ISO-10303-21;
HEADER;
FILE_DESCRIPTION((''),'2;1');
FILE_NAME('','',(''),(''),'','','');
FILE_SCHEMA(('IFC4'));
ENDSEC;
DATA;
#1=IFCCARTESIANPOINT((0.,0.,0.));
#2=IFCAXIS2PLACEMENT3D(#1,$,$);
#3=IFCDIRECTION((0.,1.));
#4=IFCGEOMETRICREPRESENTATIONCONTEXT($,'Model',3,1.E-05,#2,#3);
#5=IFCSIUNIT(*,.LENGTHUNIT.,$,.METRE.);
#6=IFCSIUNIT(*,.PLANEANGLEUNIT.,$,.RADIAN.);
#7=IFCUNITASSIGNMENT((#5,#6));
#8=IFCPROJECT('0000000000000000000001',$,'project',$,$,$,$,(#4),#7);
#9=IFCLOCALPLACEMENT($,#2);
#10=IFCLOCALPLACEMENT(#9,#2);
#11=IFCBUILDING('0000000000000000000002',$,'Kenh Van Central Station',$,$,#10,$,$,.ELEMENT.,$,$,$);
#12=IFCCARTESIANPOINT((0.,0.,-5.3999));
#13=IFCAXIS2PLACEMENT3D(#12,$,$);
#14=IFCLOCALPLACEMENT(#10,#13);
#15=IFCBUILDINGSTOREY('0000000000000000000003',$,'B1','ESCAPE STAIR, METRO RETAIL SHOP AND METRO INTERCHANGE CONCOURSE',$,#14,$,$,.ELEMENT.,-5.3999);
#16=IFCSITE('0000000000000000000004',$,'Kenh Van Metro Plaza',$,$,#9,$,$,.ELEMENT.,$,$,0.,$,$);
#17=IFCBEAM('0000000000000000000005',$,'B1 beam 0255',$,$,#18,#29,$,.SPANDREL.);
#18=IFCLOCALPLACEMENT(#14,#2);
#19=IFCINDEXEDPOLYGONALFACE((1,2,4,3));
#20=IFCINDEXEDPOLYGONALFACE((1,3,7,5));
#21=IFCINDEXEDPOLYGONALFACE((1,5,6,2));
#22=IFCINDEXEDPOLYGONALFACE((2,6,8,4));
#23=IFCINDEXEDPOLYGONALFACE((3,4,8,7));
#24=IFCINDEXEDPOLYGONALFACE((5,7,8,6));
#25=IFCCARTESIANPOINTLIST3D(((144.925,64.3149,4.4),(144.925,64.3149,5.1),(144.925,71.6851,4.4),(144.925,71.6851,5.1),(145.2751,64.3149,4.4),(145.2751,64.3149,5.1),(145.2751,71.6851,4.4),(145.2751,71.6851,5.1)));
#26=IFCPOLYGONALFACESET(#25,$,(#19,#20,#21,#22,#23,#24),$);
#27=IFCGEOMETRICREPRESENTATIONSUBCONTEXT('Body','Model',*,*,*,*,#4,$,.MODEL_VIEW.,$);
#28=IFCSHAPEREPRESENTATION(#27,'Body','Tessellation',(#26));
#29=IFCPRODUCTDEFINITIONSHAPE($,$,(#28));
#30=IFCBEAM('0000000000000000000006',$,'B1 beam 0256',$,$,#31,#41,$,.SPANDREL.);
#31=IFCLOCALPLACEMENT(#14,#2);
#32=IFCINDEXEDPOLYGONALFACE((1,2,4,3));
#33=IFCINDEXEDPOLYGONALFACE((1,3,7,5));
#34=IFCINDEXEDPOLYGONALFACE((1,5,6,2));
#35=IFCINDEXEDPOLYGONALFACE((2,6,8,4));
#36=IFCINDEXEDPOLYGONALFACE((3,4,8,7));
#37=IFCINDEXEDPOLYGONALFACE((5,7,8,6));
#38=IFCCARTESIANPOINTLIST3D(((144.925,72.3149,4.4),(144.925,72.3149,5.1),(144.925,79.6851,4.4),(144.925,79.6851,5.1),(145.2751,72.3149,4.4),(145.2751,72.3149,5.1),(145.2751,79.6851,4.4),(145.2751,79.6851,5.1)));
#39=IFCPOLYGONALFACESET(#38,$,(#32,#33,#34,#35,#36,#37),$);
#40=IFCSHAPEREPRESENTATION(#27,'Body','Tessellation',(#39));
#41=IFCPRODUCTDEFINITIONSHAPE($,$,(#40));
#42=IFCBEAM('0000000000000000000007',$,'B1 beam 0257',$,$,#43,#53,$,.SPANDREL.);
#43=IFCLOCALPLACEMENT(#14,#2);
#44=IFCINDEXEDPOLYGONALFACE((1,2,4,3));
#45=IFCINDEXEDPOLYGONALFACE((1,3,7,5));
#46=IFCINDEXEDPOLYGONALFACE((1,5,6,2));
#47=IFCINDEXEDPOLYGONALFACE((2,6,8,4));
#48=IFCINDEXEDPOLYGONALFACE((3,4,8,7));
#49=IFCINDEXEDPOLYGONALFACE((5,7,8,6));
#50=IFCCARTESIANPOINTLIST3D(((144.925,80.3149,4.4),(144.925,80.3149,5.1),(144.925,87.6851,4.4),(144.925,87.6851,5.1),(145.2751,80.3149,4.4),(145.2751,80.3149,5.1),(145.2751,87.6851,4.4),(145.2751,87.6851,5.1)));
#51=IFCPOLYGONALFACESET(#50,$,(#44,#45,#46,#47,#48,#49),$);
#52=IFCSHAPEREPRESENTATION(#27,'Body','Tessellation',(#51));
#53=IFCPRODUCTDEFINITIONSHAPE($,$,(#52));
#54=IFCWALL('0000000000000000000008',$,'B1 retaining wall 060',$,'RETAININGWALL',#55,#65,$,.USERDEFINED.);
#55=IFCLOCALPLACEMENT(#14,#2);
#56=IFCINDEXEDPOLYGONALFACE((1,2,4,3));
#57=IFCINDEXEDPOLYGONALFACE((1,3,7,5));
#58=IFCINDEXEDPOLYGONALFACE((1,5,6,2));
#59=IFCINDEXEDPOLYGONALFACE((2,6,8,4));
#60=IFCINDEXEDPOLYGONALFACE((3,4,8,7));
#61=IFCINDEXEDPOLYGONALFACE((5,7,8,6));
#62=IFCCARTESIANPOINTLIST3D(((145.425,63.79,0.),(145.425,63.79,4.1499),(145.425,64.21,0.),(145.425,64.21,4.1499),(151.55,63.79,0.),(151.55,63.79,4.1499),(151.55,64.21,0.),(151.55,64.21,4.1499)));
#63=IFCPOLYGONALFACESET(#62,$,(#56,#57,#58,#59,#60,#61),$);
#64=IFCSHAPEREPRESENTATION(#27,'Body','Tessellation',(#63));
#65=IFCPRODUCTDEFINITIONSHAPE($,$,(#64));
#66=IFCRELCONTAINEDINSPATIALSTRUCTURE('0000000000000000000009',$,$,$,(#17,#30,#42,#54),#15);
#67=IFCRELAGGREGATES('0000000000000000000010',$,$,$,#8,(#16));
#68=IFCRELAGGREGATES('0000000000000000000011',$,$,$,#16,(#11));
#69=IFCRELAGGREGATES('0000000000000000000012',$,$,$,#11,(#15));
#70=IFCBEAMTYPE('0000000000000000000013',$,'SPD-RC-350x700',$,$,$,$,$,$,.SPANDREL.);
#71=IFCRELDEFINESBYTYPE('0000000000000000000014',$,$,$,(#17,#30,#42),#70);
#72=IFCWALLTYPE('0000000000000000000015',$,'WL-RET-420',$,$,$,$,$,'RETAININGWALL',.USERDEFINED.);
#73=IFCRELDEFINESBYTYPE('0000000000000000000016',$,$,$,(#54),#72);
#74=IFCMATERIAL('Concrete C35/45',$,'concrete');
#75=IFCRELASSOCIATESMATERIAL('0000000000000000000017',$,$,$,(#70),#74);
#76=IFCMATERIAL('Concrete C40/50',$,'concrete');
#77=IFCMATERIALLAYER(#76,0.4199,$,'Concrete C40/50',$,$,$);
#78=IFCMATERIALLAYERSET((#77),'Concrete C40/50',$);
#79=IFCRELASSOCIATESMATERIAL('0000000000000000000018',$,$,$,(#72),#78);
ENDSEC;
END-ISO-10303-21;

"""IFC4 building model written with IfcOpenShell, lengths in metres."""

from ifc_helpers import new_model, si_unit, direction, frame, frame_2d, origin, origin_2d, place, context, subcontext, project, spatial, rectangle, extrude, material, layer, layer_set, material_profile, profile_set, type_object, element, save


model = new_model("IFC4")

# Units and contexts
model_context = context("Model", 3, precision=1e-05, world=origin(), true_north=direction((0.0, 1.0)))
body_context = subcontext(model_context, "Body", "Model", "MODEL_VIEW")
ifc_project = project(units=[si_unit("LENGTHUNIT", "METRE"), si_unit("PLANEANGLEUNIT", "RADIAN")], contexts=[model_context])

# Site, building, storey
site_placement = place(None, origin())
site = spatial("IfcSite", under=ifc_project, at=site_placement, Name="Kenh Van Metro Plaza", CompositionType="ELEMENT", RefElevation=0.0)
building_placement = place(site_placement, origin())
building = spatial("IfcBuilding", under=site, at=building_placement, Name="Kenh Van Central Station", CompositionType="ELEMENT")
storey_placement = place(building_placement, frame((0.0, 0.0, -5.3999)))
storey = spatial("IfcBuildingStorey", under=building, at=storey_placement, Name="B1", Description="ESCAPE STAIR, METRO RETAIL SHOP AND METRO INTERCHANGE CONCOURSE", CompositionType="ELEMENT", Elevation=-5.3999)

# Shared definitions
ifc_material_1 = material(Name="Concrete C40/50", Category="concrete")

# Shared definitions
ifc_material_2 = material(Name="Concrete C35/45", Category="concrete")

# Beams
ifc_material_profile_1 = material_profile(ifc_material_2, rectangle(XDim=0.3501, YDim=0.7, at=origin_2d()), Name="RC 350x700")
ifc_profile_set_1 = profile_set([ifc_material_profile_1], Name="Concrete C35/45")
beam_type_1 = type_object("IfcBeamType", Name="SPD-RC-350x700", PredefinedType="SPANDREL", material=ifc_profile_set_1)
for number, where, z_axis, x_axis, name in (
    (1, (145.1001, 64.3149, 4.75), (0.0, 1.0, 0.0), (-1.0, 0.0, 0.0), "B1 beam 0255"),
    (2, (145.1001, 72.3149, 4.75), (0.0, 1.0, 0.0), (-1.0, 0.0, 0.0), "B1 beam 0256"),
    (3, (145.1001, 80.3149, 4.75), (0.0, 1.0, 0.0), (-1.0, 0.0, 0.0), "B1 beam 0257"),
):
    element("IfcBeam", number, at=place(storey_placement, frame(where, z_axis=z_axis, x_axis=x_axis)), inside=storey, type_object=beam_type_1, Name=name, PredefinedType="SPANDREL", context=body_context, shape_type="SweptSolid", body=[
        extrude(rectangle(XDim=0.3501, YDim=0.7, at=origin_2d()), origin(), (0.0, 0.0, 1.0), 7.3701),
    ])

# Wall
ifc_layer = layer(ifc_material_1, 0.4199, Name="Concrete C40/50")
ifc_layer_set = layer_set([ifc_layer], Name="Concrete C40/50")
wall_type = type_object("IfcWallType", Name="WL-RET-420", ElementType="RETAININGWALL", PredefinedType="USERDEFINED", material=ifc_layer_set)
wall_placement = place(storey_placement, frame((145.425, 64.0, 0.0), z_axis=(0.0, 0.0, 1.0), x_axis=(1.0, 0.0, 0.0)))
element("IfcWall", 4, at=wall_placement, inside=storey, type_object=wall_type, Name="B1 retaining wall 060", ObjectType="RETAININGWALL", PredefinedType="USERDEFINED", context=body_context, shape_type="SweptSolid", body=[
    extrude(rectangle(XDim=6.125, YDim=0.4199, at=frame_2d((3.0625, 0.0))), origin(), (0.0, 0.0, 1.0), 4.1499),
])

save(model, "model.ifc")
